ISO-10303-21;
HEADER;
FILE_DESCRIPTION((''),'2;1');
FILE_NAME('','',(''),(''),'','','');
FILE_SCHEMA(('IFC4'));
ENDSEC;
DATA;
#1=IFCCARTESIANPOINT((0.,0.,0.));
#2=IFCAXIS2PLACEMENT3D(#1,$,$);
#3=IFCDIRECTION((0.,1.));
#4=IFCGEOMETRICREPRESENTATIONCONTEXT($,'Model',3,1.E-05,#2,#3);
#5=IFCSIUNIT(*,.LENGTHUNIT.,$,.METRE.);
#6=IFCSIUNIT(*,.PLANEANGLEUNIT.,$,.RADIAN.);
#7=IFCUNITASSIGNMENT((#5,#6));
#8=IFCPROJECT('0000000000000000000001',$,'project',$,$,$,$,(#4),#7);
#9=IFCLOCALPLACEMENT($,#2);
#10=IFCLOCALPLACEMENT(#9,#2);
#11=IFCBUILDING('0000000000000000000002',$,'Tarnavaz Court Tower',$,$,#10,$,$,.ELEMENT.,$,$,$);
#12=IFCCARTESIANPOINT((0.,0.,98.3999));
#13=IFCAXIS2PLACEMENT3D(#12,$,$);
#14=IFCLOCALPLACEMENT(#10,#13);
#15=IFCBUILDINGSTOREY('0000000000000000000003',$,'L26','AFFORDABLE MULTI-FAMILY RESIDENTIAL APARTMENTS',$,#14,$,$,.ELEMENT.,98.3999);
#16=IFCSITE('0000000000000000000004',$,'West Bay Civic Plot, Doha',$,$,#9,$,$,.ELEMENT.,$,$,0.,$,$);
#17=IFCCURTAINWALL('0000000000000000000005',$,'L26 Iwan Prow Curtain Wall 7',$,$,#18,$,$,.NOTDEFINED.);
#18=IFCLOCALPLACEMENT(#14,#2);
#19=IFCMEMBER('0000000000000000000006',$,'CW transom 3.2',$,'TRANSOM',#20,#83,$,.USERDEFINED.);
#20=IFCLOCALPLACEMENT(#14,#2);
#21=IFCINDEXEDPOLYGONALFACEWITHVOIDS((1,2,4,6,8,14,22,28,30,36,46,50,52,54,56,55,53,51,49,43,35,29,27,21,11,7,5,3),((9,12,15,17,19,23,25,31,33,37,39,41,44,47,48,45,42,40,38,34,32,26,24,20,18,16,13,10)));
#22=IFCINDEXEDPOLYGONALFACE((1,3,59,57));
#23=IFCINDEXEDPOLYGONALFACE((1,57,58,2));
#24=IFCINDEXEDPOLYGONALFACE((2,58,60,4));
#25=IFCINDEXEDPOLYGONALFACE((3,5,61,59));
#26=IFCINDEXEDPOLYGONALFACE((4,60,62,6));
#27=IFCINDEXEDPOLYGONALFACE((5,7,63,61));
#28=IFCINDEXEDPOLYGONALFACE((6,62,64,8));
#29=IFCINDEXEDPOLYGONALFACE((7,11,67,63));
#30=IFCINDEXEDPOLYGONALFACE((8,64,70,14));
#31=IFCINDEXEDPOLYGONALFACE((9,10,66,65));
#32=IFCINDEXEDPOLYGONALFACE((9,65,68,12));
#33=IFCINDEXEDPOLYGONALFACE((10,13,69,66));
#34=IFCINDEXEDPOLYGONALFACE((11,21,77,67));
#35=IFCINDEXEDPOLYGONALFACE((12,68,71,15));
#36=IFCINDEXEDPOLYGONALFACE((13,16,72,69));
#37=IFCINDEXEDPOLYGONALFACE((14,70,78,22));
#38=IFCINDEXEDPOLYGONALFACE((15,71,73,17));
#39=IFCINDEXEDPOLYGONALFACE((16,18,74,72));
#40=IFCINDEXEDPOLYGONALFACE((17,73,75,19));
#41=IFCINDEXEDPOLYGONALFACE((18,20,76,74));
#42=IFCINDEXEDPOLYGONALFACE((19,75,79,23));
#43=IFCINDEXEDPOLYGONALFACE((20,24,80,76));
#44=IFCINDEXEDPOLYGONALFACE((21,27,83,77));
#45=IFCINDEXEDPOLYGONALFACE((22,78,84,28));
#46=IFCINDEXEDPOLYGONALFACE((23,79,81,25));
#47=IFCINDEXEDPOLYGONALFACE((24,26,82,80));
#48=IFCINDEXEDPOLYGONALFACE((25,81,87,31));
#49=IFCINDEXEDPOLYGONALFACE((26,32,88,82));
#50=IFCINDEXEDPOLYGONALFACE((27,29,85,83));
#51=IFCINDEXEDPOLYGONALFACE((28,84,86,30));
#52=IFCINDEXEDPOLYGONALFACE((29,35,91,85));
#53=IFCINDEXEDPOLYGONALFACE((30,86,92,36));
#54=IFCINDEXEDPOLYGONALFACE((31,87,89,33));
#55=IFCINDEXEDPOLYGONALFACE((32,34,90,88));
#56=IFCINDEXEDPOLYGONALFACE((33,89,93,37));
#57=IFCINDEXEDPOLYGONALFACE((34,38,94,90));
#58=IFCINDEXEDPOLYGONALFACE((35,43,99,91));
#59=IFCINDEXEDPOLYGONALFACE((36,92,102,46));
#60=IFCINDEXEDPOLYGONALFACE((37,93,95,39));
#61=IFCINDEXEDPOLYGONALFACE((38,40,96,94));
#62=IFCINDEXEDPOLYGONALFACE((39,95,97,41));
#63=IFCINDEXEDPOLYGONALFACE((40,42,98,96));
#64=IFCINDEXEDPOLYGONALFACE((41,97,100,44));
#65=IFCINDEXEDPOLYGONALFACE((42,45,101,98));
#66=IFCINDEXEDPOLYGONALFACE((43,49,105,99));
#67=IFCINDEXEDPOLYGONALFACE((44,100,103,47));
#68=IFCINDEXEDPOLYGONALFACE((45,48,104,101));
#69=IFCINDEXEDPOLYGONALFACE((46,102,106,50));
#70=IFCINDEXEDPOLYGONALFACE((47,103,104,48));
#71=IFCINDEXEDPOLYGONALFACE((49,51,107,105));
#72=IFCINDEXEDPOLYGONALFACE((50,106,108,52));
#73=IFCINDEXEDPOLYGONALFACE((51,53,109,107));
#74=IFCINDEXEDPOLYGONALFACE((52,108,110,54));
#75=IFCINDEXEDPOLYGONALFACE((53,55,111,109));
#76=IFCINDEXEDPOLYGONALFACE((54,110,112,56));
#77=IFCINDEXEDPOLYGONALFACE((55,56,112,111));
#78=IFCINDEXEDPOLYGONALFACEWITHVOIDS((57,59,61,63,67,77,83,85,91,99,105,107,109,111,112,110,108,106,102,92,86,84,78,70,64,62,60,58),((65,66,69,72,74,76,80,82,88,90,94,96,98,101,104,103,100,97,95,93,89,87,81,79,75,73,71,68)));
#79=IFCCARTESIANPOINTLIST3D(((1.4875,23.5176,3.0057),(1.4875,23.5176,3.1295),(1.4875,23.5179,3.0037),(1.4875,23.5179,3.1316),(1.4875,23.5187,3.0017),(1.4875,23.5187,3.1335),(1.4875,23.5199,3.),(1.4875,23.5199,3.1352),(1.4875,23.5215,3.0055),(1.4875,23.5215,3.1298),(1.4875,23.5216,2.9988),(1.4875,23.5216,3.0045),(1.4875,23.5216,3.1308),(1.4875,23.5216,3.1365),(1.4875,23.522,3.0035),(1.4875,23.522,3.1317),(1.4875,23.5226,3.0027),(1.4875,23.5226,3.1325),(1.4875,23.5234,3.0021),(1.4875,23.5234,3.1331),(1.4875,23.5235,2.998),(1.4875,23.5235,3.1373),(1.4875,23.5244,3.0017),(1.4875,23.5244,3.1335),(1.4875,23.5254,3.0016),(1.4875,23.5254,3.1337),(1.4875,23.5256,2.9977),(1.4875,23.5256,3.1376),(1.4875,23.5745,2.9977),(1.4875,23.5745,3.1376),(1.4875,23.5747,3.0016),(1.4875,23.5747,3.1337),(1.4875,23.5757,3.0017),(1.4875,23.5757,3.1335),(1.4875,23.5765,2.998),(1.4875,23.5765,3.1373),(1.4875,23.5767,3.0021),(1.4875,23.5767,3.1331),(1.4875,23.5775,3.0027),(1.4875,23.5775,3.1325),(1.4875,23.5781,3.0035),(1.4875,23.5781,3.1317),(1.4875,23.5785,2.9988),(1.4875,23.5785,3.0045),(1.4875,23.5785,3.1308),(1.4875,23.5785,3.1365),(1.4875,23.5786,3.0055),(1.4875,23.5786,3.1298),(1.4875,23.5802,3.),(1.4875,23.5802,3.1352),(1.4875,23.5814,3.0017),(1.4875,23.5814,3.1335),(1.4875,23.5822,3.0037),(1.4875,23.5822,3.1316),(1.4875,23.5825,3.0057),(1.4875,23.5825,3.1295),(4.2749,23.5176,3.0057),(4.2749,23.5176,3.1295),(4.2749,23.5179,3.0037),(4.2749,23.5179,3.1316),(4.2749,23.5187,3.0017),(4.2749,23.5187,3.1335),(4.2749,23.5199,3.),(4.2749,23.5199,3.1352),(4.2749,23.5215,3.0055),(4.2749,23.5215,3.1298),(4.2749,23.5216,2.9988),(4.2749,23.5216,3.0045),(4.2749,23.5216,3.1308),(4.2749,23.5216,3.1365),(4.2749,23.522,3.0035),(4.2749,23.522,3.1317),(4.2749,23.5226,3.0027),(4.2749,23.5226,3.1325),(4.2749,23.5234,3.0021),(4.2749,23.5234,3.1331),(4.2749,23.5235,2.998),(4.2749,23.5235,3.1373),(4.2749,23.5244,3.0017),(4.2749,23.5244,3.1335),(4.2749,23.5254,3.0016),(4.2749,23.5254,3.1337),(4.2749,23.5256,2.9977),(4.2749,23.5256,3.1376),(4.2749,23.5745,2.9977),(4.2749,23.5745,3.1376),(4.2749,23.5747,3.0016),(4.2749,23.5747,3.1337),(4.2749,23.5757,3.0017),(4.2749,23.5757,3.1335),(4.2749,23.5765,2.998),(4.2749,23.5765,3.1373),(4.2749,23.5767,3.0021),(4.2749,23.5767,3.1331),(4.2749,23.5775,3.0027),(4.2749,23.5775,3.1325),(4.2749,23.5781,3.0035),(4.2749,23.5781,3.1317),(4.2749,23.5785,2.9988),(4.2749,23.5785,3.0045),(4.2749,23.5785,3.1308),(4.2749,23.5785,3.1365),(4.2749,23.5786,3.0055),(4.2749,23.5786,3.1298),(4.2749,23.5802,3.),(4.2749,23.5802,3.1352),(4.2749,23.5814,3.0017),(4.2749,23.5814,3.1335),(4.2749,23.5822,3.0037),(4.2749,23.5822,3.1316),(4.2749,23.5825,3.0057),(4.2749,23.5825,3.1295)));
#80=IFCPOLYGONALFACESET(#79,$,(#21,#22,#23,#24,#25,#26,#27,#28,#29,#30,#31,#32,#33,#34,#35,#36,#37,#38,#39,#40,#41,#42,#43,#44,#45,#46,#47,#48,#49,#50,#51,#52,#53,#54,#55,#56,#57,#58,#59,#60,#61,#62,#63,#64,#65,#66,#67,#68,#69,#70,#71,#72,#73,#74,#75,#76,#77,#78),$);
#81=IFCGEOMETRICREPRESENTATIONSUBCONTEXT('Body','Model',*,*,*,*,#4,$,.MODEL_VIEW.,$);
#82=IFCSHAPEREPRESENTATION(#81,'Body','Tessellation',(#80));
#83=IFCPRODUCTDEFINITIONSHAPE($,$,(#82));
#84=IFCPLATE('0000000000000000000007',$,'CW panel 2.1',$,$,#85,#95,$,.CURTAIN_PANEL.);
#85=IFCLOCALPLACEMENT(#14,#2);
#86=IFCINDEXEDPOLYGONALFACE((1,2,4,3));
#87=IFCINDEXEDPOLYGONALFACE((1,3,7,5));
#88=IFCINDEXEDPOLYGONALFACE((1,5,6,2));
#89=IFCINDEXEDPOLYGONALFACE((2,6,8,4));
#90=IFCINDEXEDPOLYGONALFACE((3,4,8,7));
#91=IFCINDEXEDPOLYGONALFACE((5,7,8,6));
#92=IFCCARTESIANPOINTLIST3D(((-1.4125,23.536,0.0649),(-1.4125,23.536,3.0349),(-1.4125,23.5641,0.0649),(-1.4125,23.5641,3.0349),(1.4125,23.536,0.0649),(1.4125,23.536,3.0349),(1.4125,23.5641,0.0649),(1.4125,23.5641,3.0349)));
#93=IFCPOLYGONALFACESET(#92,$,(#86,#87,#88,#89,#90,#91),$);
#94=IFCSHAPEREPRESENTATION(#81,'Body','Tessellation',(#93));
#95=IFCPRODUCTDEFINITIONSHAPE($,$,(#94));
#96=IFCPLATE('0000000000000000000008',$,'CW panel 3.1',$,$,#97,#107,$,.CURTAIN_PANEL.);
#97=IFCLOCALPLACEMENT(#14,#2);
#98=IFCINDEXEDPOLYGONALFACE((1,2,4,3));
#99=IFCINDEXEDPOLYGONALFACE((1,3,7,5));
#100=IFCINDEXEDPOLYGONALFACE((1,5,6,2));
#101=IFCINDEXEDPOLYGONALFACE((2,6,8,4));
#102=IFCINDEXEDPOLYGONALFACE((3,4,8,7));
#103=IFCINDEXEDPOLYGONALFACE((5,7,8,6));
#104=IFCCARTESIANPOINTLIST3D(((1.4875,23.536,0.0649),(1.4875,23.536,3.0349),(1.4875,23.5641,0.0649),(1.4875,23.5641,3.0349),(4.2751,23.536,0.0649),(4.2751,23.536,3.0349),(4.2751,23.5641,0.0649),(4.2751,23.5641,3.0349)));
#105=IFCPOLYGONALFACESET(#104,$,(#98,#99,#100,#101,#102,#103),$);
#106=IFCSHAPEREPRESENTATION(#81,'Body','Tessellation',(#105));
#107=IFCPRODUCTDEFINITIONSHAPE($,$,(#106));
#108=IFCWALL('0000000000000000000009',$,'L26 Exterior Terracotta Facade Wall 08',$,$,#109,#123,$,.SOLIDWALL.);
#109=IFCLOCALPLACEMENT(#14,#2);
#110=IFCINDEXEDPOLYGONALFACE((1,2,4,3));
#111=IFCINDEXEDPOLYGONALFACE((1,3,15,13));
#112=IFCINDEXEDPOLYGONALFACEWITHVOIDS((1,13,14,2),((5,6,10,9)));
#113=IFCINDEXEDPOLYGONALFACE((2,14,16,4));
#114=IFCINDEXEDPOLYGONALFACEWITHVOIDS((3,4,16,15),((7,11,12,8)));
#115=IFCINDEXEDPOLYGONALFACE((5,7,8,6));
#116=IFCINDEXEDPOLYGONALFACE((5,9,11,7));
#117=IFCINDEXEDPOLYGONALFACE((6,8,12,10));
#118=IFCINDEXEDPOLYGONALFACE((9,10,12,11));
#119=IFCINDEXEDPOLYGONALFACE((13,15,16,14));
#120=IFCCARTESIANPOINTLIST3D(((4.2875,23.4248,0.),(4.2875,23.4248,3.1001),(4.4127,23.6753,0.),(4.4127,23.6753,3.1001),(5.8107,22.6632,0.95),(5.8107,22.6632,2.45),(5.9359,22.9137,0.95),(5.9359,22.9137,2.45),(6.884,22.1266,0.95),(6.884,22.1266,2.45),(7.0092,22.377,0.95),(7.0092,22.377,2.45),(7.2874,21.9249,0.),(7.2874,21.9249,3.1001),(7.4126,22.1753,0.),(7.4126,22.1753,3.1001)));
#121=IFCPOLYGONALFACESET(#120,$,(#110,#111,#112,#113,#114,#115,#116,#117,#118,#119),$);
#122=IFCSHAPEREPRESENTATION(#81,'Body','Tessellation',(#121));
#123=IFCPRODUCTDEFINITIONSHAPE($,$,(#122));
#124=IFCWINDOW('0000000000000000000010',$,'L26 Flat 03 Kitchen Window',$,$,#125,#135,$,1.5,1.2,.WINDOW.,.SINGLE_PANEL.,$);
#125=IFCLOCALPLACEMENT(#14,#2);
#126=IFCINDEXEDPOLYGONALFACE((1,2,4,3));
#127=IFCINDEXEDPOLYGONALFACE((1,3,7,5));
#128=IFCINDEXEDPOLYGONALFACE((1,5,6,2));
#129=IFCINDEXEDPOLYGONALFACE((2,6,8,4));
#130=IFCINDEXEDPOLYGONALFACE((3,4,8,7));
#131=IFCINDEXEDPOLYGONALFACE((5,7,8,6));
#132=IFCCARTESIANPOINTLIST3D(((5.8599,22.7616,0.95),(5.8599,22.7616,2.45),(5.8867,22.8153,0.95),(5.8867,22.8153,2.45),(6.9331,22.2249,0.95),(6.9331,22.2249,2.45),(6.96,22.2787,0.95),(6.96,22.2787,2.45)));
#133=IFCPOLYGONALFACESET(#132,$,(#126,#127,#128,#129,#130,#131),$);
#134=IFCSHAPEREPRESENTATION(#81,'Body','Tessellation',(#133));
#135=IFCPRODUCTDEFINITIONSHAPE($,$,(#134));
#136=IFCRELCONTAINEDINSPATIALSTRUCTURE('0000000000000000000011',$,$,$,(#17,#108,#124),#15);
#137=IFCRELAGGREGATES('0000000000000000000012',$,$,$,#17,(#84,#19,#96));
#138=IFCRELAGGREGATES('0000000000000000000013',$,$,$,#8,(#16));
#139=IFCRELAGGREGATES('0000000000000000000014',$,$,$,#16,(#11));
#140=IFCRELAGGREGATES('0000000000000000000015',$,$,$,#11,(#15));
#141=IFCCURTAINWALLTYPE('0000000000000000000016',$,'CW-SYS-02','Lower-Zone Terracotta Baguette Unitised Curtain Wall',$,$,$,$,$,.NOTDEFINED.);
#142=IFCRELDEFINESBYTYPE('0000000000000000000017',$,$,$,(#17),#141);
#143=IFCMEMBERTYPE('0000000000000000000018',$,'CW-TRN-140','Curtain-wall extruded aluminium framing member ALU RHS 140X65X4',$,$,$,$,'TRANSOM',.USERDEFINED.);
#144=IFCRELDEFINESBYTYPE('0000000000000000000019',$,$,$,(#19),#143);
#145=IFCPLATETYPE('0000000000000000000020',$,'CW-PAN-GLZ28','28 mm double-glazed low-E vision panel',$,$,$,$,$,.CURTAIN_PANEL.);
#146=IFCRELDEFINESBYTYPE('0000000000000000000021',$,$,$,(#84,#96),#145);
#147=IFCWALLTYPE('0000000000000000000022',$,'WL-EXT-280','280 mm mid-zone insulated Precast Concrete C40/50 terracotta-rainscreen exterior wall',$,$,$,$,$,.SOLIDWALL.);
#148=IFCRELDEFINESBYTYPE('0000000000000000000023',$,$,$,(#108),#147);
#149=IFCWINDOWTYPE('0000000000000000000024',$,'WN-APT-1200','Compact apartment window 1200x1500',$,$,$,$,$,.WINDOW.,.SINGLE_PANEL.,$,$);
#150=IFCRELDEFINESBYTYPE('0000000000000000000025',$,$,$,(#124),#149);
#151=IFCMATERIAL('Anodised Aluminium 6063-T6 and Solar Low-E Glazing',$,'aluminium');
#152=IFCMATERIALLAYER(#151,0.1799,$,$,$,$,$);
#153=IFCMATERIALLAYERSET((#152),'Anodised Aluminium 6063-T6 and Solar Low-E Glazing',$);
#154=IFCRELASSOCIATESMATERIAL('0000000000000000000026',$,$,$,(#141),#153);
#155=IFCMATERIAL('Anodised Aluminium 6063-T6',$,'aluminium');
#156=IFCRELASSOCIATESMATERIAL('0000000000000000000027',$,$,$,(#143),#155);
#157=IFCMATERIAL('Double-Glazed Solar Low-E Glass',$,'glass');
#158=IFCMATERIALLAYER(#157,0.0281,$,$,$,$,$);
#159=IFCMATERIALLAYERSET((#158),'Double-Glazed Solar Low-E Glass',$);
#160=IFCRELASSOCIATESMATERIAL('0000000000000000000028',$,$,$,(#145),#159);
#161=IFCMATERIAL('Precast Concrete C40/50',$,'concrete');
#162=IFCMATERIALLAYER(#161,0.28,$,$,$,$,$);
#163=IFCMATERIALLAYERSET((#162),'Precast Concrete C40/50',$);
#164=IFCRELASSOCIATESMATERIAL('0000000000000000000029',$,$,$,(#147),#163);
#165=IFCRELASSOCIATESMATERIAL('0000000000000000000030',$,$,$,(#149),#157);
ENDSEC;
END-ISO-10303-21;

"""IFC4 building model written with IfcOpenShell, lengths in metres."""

from ifc_helpers import new_model, si_unit, direction, frame, frame_2d, origin, origin_2d, place, context, subcontext, project, spatial, rectangle, hollow_rectangle, extrude, material, layer, layer_set, material_profile, profile_set, type_object, element, fill, aggregate, save


model = new_model("IFC4")

# Units and contexts
model_context = context("Model", 3, precision=1e-05, world=origin(), true_north=direction((0.0, 1.0)))
body_context = subcontext(model_context, "Body", "Model", "MODEL_VIEW")
ifc_project = project(units=[si_unit("LENGTHUNIT", "METRE"), si_unit("PLANEANGLEUNIT", "RADIAN")], contexts=[model_context])

# Site, building, storey
site_placement = place(None, origin())
site = spatial("IfcSite", under=ifc_project, at=site_placement, Name="West Bay Civic Plot, Doha", CompositionType="ELEMENT", RefElevation=0.0)
building_placement = place(site_placement, origin())
building = spatial("IfcBuilding", under=site, at=building_placement, Name="Tarnavaz Court Tower", CompositionType="ELEMENT")
storey_placement = place(building_placement, frame((0.0, 0.0, 98.3999)))
storey = spatial("IfcBuildingStorey", under=building, at=storey_placement, Name="L26", Description="AFFORDABLE MULTI-FAMILY RESIDENTIAL APARTMENTS", CompositionType="ELEMENT", Elevation=98.3999)

# Curtain wall, member, plates
ifc_material_1 = material(Name="Anodised Aluminium 6063-T6 and Solar Low-E Glazing", Category="aluminium")
ifc_layer_1 = layer(ifc_material_1, 0.1799)
ifc_layer_set_1 = layer_set([ifc_layer_1], Name="Anodised Aluminium 6063-T6 and Solar Low-E Glazing")
curtain_wall_type = type_object("IfcCurtainWallType", Name="CW-SYS-02", Description="Lower-Zone Terracotta Baguette Unitised Curtain Wall", PredefinedType="NOTDEFINED", material=ifc_layer_set_1)
curtain_wall_placement = place(storey_placement, origin())
curtain_wall = element("IfcCurtainWall", 1, at=curtain_wall_placement, inside=storey, type_object=curtain_wall_type, Name="L26 Iwan Prow Curtain Wall 7", PredefinedType="NOTDEFINED")
ifc_material_2 = material(Name="Anodised Aluminium 6063-T6", Category="aluminium")
ifc_material_profile_1 = material_profile(ifc_material_2, hollow_rectangle(XDim=0.0649, YDim=0.1399, WallThickness=0.0039, InnerFilletRadius=0.0039, OuterFilletRadius=0.0081, at=origin_2d()), Name="ALU RHS 140X65X4")
ifc_profile_set_1 = profile_set([ifc_material_profile_1], Name="Anodised Aluminium 6063-T6")
member_type_1 = type_object("IfcMemberType", Name="CW-TRN-140", Description="Curtain-wall extruded aluminium framing member ALU RHS 140X65X4", ElementType="TRANSOM", PredefinedType="USERDEFINED", material=ifc_profile_set_1)
member_1_placement = place(storey_placement, frame((1.4875, 23.55, 3.0676), z_axis=(1.0, 0.0, 0.0), x_axis=(0.0, 1.0, 0.0)))
member_1 = element("IfcMember", 2, at=member_1_placement, type_object=member_type_1, Name="CW transom 3.2", ObjectType="TRANSOM", PredefinedType="USERDEFINED", context=body_context, shape_type="SweptSolid", body=[
    extrude(hollow_rectangle(XDim=0.0649, YDim=0.1399, WallThickness=0.0039, InnerFilletRadius=0.0039, OuterFilletRadius=0.0081, at=origin_2d()), origin(), (0.0, 0.0, 1.0), 2.7874),
])
ifc_material_3 = material(Name="Double-Glazed Solar Low-E Glass", Category="glass")
ifc_layer_2 = layer(ifc_material_3, 0.0281)
ifc_layer_set_2 = layer_set([ifc_layer_2], Name="Double-Glazed Solar Low-E Glass")
plate_type = type_object("IfcPlateType", Name="CW-PAN-GLZ28", Description="28 mm double-glazed low-E vision panel", PredefinedType="CURTAIN_PANEL", material=ifc_layer_set_2)
plate_1_placement = place(storey_placement, frame((0.0, 23.55, 0.0649), z_axis=(0.0, 0.0, 1.0), x_axis=(1.0, 0.0, 0.0)))
plate_1 = element("IfcPlate", 3, at=plate_1_placement, type_object=plate_type, Name="CW panel 2.1", PredefinedType="CURTAIN_PANEL", context=body_context, shape_type="SweptSolid", body=[
    extrude(rectangle(XDim=2.825, YDim=0.0281, at=origin_2d()), origin(), (0.0, 0.0, 1.0), 2.97),
])
plate_2_placement = place(storey_placement, frame((2.8813, 23.55, 0.0649), z_axis=(0.0, 0.0, 1.0), x_axis=(1.0, 0.0, 0.0)))
plate_2 = element("IfcPlate", 4, at=plate_2_placement, type_object=plate_type, Name="CW panel 3.1", PredefinedType="CURTAIN_PANEL", context=body_context, shape_type="SweptSolid", body=[
    extrude(rectangle(XDim=2.7876, YDim=0.0281, at=origin_2d()), origin(), (0.0, 0.0, 1.0), 2.97),
])
aggregate(curtain_wall, [plate_1, member_1, plate_2])

# Wall, opening, window
ifc_material_4 = material(Name="Precast Concrete C40/50", Category="concrete")
ifc_layer_3 = layer(ifc_material_4, 0.28)
ifc_layer_set_3 = layer_set([ifc_layer_3], Name="Precast Concrete C40/50")
wall_type_1 = type_object("IfcWallType", Name="WL-EXT-280", Description="280 mm mid-zone insulated Precast Concrete C40/50 terracotta-rainscreen exterior wall", PredefinedType="SOLIDWALL", material=ifc_layer_set_3)
wall_1_placement = place(storey_placement, frame((4.3501, 23.55, 0.0), z_axis=(0.0, 0.0, 1.0), x_axis=(0.894427, -0.447214, 0.0)))
wall_1 = element("IfcWall", 5, at=wall_1_placement, inside=storey, type_object=wall_type_1, Name="L26 Exterior Terracotta Facade Wall 08", PredefinedType="SOLIDWALL", context=body_context, shape_type="SweptSolid", body=[
    extrude(rectangle(XDim=3.354, YDim=0.28, at=frame_2d((1.677, 0.0))), origin(), (0.0, 0.0, 1.0), 3.1001),
])
opening_1_placement = place(wall_1_placement, frame((1.7029, 0.0, 0.95)))
opening_1 = element("IfcOpeningElement", 6, at=opening_1_placement, cuts=wall_1, PredefinedType="OPENING", context=body_context, shape_type="SweptSolid", body=[
    extrude(rectangle(XDim=1.2, YDim=1.5, at=frame_2d((0.6001, 0.75))), frame((0.0, 0.1499, 0.0), z_axis=(0.0, -1.0, 0.0), x_axis=(1.0, 0.0, 0.0)), (0.0, 0.0, 1.0), 0.3),
])
window_type_1 = type_object("IfcWindowType", Name="WN-APT-1200", Description="Compact apartment window 1200x1500", PartitioningType="SINGLE_PANEL", PredefinedType="WINDOW", material=ifc_material_3)
window_1_placement = place(opening_1_placement, origin())
window_1 = element("IfcWindow", 7, at=window_1_placement, inside=storey, type_object=window_type_1, Name="L26 Flat 03 Kitchen Window", OverallHeight=1.5, OverallWidth=1.2, PartitioningType="SINGLE_PANEL", PredefinedType="WINDOW", context=body_context, shape_type="SweptSolid", body=[
    extrude(rectangle(XDim=1.2, YDim=1.5, at=frame_2d((0.6001, 0.75))), frame((0.0, 0.03, 0.0), z_axis=(0.0, -1.0, 0.0), x_axis=(1.0, 0.0, 0.0)), (0.0, 0.0, 1.0), 0.0601),
])
fill(opening_1, window_1)

save(model, "model.ifc")
